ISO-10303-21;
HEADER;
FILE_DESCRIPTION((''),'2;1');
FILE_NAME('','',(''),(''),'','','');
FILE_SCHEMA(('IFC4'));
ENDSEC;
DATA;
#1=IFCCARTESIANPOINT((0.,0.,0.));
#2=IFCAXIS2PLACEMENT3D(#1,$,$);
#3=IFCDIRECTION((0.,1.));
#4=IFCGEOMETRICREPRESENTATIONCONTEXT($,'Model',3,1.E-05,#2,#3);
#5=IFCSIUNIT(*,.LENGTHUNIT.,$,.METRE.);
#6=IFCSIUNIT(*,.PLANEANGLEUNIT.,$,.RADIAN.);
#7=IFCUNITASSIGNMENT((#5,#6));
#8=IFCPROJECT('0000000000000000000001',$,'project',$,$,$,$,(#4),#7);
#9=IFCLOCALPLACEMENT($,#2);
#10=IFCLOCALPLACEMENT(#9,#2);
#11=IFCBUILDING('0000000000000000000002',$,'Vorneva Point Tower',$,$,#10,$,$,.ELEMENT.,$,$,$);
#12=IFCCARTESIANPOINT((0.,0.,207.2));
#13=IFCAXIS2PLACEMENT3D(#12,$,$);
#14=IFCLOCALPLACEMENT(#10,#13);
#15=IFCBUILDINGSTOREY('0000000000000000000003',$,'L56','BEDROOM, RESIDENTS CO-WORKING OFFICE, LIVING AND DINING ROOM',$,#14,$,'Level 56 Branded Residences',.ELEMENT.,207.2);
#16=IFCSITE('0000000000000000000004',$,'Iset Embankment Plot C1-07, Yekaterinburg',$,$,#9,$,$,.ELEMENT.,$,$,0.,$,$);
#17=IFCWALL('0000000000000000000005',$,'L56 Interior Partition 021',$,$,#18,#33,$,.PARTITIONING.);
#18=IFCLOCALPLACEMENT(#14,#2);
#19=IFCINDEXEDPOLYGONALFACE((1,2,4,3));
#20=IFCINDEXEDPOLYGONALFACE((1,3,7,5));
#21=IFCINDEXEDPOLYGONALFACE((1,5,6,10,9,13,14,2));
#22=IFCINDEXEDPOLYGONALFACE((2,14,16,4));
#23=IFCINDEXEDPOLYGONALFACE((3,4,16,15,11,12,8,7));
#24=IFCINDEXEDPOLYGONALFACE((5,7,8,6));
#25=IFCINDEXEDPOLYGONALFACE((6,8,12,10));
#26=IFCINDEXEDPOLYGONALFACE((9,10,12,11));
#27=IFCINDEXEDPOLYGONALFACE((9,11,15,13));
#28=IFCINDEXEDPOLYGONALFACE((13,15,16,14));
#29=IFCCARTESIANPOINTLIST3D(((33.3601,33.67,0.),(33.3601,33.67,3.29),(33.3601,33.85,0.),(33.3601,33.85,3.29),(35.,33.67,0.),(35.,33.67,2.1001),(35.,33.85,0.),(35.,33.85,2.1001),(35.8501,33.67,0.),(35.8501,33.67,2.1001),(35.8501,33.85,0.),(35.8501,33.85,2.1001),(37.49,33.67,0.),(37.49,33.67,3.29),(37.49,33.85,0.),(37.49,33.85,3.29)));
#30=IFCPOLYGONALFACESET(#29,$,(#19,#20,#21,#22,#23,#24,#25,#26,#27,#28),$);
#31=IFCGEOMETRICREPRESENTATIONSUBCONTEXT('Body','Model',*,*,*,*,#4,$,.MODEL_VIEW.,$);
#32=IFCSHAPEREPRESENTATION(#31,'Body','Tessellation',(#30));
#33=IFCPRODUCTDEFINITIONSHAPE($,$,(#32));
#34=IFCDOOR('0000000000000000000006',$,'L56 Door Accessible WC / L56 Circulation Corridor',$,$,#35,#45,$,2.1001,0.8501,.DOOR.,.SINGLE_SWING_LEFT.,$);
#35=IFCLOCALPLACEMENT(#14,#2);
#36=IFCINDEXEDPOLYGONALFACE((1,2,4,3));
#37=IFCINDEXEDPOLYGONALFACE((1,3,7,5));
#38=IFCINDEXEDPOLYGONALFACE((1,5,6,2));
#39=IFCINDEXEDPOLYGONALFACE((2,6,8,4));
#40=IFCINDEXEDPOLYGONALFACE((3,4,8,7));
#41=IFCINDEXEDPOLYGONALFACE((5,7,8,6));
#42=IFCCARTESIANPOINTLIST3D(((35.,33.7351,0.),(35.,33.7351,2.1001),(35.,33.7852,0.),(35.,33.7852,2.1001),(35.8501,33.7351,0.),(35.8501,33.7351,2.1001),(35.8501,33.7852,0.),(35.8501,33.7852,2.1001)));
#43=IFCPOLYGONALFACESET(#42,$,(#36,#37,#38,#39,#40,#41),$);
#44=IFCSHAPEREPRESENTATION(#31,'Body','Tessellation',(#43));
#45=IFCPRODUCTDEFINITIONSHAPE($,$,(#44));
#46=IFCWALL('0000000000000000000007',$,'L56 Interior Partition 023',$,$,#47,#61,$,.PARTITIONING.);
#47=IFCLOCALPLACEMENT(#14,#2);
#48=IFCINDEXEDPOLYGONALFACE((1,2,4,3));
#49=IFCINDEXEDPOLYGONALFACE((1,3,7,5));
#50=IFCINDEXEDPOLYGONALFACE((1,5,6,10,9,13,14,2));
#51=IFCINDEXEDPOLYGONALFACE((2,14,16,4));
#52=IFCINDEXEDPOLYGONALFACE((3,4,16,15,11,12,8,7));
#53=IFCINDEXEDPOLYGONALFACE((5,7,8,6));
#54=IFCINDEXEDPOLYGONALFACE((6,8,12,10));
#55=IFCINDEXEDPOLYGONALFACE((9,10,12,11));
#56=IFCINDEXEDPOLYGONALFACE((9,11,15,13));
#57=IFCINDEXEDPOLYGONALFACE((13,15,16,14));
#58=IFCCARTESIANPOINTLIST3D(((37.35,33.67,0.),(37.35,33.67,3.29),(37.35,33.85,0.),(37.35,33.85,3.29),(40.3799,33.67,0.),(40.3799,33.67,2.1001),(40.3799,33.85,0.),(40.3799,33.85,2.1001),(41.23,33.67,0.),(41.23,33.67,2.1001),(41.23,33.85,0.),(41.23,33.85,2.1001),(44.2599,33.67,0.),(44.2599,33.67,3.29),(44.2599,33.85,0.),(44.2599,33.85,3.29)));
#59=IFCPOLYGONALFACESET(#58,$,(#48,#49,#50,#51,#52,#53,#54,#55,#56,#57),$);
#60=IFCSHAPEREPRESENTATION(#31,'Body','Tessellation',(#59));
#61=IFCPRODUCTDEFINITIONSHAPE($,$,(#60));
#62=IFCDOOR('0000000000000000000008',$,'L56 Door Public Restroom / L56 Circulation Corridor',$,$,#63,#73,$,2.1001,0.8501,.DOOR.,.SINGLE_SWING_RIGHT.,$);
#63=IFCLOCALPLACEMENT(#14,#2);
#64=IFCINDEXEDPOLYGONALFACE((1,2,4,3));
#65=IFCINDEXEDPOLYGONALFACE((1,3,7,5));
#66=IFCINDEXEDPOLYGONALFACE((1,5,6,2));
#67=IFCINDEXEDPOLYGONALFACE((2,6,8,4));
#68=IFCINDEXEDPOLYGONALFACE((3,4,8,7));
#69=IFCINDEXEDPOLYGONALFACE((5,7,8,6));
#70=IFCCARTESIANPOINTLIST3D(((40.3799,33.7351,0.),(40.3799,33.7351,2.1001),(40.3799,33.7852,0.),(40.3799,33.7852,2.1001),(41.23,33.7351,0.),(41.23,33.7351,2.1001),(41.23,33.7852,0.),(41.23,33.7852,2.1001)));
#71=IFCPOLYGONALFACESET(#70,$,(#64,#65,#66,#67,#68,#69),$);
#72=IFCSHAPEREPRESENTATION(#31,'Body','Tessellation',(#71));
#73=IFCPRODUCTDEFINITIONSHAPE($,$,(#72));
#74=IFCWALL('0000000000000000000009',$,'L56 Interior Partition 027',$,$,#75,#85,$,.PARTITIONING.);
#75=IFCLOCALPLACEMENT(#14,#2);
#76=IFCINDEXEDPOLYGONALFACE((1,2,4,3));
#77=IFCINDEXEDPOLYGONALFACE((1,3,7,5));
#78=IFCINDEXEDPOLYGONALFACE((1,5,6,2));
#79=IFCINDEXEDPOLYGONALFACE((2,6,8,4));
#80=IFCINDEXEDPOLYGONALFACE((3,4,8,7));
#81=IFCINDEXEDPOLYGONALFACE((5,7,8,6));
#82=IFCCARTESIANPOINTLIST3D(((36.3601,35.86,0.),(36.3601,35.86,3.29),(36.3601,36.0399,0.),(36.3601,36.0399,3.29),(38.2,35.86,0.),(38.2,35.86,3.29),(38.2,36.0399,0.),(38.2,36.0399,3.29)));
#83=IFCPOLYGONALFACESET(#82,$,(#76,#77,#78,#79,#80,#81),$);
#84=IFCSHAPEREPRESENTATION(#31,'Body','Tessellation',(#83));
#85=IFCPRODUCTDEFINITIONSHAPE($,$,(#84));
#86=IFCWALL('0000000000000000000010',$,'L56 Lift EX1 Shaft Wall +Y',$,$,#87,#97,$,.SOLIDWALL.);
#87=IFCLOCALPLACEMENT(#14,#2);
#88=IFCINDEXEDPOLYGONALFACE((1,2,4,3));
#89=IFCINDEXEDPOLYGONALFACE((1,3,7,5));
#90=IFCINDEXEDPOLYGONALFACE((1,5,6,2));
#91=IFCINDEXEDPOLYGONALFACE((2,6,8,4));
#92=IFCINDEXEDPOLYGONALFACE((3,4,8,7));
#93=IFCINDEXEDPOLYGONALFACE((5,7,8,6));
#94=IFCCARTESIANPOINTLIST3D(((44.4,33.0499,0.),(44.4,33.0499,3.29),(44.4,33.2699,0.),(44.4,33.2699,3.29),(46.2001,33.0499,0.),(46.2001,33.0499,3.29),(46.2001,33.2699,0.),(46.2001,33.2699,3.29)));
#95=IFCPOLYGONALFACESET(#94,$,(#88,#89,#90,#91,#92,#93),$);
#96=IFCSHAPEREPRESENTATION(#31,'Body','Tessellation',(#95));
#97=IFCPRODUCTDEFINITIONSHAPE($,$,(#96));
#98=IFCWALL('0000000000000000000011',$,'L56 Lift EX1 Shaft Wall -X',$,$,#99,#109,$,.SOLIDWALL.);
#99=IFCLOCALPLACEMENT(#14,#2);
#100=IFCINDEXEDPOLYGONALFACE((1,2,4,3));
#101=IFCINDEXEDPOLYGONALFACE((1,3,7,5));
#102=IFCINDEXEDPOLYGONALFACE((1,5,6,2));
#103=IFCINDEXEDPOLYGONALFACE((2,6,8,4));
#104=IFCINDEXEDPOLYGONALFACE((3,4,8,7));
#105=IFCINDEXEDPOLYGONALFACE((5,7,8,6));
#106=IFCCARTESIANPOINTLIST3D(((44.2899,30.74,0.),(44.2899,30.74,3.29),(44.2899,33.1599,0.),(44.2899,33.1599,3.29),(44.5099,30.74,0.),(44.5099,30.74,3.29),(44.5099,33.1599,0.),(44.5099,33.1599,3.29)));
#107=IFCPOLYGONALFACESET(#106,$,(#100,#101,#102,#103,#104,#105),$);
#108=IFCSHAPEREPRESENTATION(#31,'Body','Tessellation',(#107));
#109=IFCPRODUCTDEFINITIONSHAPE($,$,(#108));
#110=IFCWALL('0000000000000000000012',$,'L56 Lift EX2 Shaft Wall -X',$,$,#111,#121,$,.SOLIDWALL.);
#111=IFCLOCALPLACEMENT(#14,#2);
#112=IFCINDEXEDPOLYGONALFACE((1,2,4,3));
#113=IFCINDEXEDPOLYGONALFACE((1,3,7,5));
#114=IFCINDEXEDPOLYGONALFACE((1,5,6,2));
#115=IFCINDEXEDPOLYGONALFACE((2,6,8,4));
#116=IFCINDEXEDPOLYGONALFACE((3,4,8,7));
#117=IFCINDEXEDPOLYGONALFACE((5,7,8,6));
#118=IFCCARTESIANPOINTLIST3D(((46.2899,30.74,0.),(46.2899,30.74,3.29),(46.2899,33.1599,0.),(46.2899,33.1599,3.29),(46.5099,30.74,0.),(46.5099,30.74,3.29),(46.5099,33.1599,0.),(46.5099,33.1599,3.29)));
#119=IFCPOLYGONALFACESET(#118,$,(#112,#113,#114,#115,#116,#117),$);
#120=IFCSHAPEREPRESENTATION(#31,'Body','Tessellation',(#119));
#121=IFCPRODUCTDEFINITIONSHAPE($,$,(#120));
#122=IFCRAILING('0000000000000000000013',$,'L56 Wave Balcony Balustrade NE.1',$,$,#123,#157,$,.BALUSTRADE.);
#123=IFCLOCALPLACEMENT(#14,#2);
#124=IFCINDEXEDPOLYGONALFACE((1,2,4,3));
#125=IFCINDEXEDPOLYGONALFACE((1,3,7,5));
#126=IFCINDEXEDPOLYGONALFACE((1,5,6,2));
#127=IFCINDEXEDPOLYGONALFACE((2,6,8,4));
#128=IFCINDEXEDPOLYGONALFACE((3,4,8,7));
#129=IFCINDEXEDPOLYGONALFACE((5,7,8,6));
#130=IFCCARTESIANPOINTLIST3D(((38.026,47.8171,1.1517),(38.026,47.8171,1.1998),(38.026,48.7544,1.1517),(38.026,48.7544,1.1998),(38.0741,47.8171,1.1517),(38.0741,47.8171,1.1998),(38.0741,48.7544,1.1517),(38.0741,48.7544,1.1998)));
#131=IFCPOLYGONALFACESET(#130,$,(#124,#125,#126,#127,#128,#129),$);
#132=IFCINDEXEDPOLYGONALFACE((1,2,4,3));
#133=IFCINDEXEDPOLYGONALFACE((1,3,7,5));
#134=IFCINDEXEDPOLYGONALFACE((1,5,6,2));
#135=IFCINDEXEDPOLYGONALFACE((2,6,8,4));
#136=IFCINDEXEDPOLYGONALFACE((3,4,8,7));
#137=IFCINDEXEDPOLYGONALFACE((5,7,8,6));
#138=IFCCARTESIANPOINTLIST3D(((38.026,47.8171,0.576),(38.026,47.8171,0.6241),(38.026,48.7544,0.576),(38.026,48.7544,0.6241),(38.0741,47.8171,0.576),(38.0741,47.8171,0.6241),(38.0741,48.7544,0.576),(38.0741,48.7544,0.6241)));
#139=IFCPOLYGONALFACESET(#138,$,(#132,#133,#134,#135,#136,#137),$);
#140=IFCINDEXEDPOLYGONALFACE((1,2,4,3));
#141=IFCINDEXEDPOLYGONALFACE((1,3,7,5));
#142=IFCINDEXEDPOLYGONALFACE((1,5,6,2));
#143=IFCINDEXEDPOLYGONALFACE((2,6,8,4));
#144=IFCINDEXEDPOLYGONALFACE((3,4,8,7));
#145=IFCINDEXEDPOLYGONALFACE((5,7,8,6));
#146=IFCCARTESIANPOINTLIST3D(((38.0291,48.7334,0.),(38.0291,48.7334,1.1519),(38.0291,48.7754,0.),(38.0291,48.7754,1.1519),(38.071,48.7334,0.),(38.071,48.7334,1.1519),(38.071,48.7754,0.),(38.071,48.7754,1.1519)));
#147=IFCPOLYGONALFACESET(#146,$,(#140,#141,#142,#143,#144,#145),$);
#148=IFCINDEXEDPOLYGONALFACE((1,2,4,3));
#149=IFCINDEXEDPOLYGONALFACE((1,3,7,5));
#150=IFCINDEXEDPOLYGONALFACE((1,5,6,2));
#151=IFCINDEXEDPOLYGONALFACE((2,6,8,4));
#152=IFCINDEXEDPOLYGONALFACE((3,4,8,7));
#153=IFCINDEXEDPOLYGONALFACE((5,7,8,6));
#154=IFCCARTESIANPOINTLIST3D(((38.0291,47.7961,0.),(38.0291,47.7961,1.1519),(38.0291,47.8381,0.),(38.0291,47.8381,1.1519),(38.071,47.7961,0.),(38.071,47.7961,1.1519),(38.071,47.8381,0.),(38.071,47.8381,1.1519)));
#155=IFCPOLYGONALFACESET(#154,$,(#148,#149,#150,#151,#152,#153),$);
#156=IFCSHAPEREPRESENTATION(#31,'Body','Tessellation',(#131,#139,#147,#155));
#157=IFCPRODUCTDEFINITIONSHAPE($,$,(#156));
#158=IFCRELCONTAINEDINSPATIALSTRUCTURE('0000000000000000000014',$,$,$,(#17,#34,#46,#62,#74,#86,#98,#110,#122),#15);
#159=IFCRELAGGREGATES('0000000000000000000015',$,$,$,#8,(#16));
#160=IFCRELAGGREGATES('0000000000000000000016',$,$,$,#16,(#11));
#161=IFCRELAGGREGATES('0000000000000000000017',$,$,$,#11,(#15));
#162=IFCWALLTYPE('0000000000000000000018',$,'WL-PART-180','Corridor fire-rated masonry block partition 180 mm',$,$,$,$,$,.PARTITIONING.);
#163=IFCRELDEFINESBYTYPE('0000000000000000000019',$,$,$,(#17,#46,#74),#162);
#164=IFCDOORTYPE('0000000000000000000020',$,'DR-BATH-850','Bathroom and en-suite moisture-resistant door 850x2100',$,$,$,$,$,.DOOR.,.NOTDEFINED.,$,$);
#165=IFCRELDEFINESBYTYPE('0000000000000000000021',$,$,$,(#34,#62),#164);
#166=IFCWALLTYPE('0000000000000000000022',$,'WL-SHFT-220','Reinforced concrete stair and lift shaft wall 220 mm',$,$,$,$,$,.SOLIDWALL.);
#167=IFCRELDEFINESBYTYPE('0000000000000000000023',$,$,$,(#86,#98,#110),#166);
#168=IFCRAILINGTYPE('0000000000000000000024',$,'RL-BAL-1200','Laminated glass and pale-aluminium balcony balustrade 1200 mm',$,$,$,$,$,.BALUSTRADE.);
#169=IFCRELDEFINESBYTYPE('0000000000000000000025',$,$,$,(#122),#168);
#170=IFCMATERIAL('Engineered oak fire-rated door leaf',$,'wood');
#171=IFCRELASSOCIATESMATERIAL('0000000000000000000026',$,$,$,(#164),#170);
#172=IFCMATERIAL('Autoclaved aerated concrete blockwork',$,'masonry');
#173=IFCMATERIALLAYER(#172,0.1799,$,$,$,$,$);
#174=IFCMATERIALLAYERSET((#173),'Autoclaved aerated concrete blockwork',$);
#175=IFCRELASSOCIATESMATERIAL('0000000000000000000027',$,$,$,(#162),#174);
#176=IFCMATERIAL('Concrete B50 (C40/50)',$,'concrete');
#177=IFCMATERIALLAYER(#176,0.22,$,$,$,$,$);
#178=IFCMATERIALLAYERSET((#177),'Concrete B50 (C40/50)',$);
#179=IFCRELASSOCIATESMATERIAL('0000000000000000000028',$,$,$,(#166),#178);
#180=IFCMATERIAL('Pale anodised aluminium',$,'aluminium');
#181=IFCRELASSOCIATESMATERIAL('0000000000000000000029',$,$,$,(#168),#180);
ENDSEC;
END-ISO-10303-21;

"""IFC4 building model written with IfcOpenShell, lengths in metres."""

from ifc_helpers import new_model, si_unit, direction, frame, frame_2d, origin, origin_2d, place, context, subcontext, project, spatial, rectangle, extrude, material, layer, layer_set, type_object, element, fill, save


model = new_model("IFC4")

# Units and contexts
model_context = context("Model", 3, precision=1e-05, world=origin(), true_north=direction((0.0, 1.0)))
body_context = subcontext(model_context, "Body", "Model", "MODEL_VIEW")
ifc_project = project(units=[si_unit("LENGTHUNIT", "METRE"), si_unit("PLANEANGLEUNIT", "RADIAN")], contexts=[model_context])

# Site, building, storey
site_placement = place(None, origin())
site = spatial("IfcSite", under=ifc_project, at=site_placement, Name="Iset Embankment Plot C1-07, Yekaterinburg", CompositionType="ELEMENT", RefElevation=0.0)
building_placement = place(site_placement, origin())
building = spatial("IfcBuilding", under=site, at=building_placement, Name="Vorneva Point Tower", CompositionType="ELEMENT")
storey_placement = place(building_placement, frame((0.0, 0.0, 207.2)))
storey = spatial("IfcBuildingStorey", under=building, at=storey_placement, Name="L56", Description="BEDROOM, RESIDENTS CO-WORKING OFFICE, LIVING AND DINING ROOM", LongName="Level 56 Branded Residences", CompositionType="ELEMENT", Elevation=207.2)

# Shared definitions
ifc_material_1 = material(Name="Concrete B50 (C40/50)", Category="concrete")

# Shared definitions
ifc_material_2 = material(Name="Pale anodised aluminium", Category="aluminium")

# Shared definitions
ifc_material_3 = material(Name="Engineered oak fire-rated door leaf", Category="wood")
door_type_1 = type_object("IfcDoorType", Name="DR-BATH-850", Description="Bathroom and en-suite moisture-resistant door 850x2100", OperationType="NOTDEFINED", PredefinedType="DOOR", material=ifc_material_3)

# Walls, openings, doors
ifc_material_4 = material(Name="Autoclaved aerated concrete blockwork", Category="masonry")
ifc_layer_1 = layer(ifc_material_4, 0.1799)
ifc_layer_set_1 = layer_set([ifc_layer_1], Name="Autoclaved aerated concrete blockwork")
wall_type_1 = type_object("IfcWallType", Name="WL-PART-180", Description="Corridor fire-rated masonry block partition 180 mm", PredefinedType="PARTITIONING", material=ifc_layer_set_1)
wall_1_placement = place(storey_placement, frame((37.49, 33.76, 0.0), z_axis=(0.0, 0.0, 1.0), x_axis=(-1.0, 0.0, 0.0)))
wall_1 = element("IfcWall", 1, at=wall_1_placement, inside=storey, type_object=wall_type_1, Name="L56 Interior Partition 021", PredefinedType="PARTITIONING", context=body_context, shape_type="SweptSolid", body=[
    extrude(rectangle(XDim=4.1299, YDim=0.1799, at=frame_2d((2.0649, 0.0))), origin(), (0.0, 0.0, 1.0), 3.29),
])
opening_1_placement = place(wall_1_placement, frame((1.6399, 0.0, 0.0)))
opening_1 = element("IfcOpeningElement", 2, at=opening_1_placement, cuts=wall_1, PredefinedType="OPENING", context=body_context, shape_type="SweptSolid", body=[
    extrude(rectangle(XDim=0.8501, YDim=2.1001, at=frame_2d((0.425, 1.05))), frame((0.0, 0.105, 0.0), z_axis=(0.0, -1.0, 0.0), x_axis=(1.0, 0.0, 0.0)), (0.0, 0.0, 1.0), 0.2097),
])
door_1_placement = place(opening_1_placement, origin())
door_1 = element("IfcDoor", 3, at=door_1_placement, inside=storey, type_object=door_type_1, Name="L56 Door Accessible WC / L56 Circulation Corridor", OperationType="SINGLE_SWING_LEFT", OverallHeight=2.1001, OverallWidth=0.8501, PredefinedType="DOOR", context=body_context, shape_type="SweptSolid", body=[
    extrude(rectangle(XDim=0.8501, YDim=2.1001, at=frame_2d((0.425, 1.05))), frame((0.0, 0.0249, 0.0), z_axis=(0.0, -1.0, 0.0), x_axis=(1.0, 0.0, 0.0)), (0.0, 0.0, 1.0), 0.05),
])
fill(opening_1, door_1)
wall_2_placement = place(storey_placement, frame((44.26, 33.76, 0.0), z_axis=(0.0, 0.0, 1.0), x_axis=(-1.0, 0.0, 0.0)))
wall_2 = element("IfcWall", 4, at=wall_2_placement, inside=storey, type_object=wall_type_1, Name="L56 Interior Partition 023", PredefinedType="PARTITIONING", context=body_context, shape_type="SweptSolid", body=[
    extrude(rectangle(XDim=6.9099, YDim=0.1799, at=frame_2d((3.4551, 0.0))), origin(), (0.0, 0.0, 1.0), 3.29),
])
opening_2_placement = place(wall_2_placement, frame((3.03, 0.0, 0.0)))
opening_2 = element("IfcOpeningElement", 5, at=opening_2_placement, cuts=wall_2, PredefinedType="OPENING", context=body_context, shape_type="SweptSolid", body=[
    extrude(rectangle(XDim=0.8501, YDim=2.1001, at=frame_2d((0.425, 1.05))), frame((0.0, 0.105, 0.0), z_axis=(0.0, -1.0, 0.0), x_axis=(1.0, 0.0, 0.0)), (0.0, 0.0, 1.0), 0.2097),
])
door_2_placement = place(opening_2_placement, origin())
door_2 = element("IfcDoor", 6, at=door_2_placement, inside=storey, type_object=door_type_1, Name="L56 Door Public Restroom / L56 Circulation Corridor", OperationType="SINGLE_SWING_RIGHT", OverallHeight=2.1001, OverallWidth=0.8501, PredefinedType="DOOR", context=body_context, shape_type="SweptSolid", body=[
    extrude(rectangle(XDim=0.8501, YDim=2.1001, at=frame_2d((0.425, 1.05))), frame((0.0, 0.0249, 0.0), z_axis=(0.0, -1.0, 0.0), x_axis=(1.0, 0.0, 0.0)), (0.0, 0.0, 1.0), 0.05),
])
fill(opening_2, door_2)

# Walls
wall_3_placement = place(storey_placement, frame((38.2, 35.95, 0.0), z_axis=(0.0, 0.0, 1.0), x_axis=(-1.0, 0.0, 0.0)))
element("IfcWall", 7, at=wall_3_placement, inside=storey, type_object=wall_type_1, Name="L56 Interior Partition 027", PredefinedType="PARTITIONING", context=body_context, shape_type="SweptSolid", body=[
    extrude(rectangle(XDim=1.8398, YDim=0.1799, at=frame_2d((0.9199, 0.0))), origin(), (0.0, 0.0, 1.0), 3.29),
])
ifc_layer_2 = layer(ifc_material_1, 0.22)
ifc_layer_set_2 = layer_set([ifc_layer_2], Name="Concrete B50 (C40/50)")
wall_type_2 = type_object("IfcWallType", Name="WL-SHFT-220", Description="Reinforced concrete stair and lift shaft wall 220 mm", PredefinedType="SOLIDWALL", material=ifc_layer_set_2)
wall_4_placement = place(storey_placement, frame((46.2, 33.1599, 0.0), z_axis=(0.0, 0.0, 1.0), x_axis=(-1.0, 0.0, 0.0)))
element("IfcWall", 8, at=wall_4_placement, inside=storey, type_object=wall_type_2, Name="L56 Lift EX1 Shaft Wall +Y", PredefinedType="SOLIDWALL", context=body_context, shape_type="SweptSolid", body=[
    extrude(rectangle(XDim=1.8, YDim=0.22, at=frame_2d((0.8999, 0.0))), origin(), (0.0, 0.0, 1.0), 3.29),
])
for number, where, z_axis, x_axis, name in (
    (9, (44.3999, 33.1599, 0.0), (0.0, 0.0, 1.0), (0.0, -1.0, 0.0), "L56 Lift EX1 Shaft Wall -X"),
    (10, (46.3999, 33.1599, 0.0), (0.0, 0.0, 1.0), (0.0, -1.0, 0.0), "L56 Lift EX2 Shaft Wall -X"),
):
    element("IfcWall", number, at=place(storey_placement, frame(where, z_axis=z_axis, x_axis=x_axis)), inside=storey, type_object=wall_type_2, Name=name, PredefinedType="SOLIDWALL", context=body_context, shape_type="SweptSolid", body=[
        extrude(rectangle(XDim=2.4199, YDim=0.22, at=frame_2d((1.21, 0.0))), origin(), (0.0, 0.0, 1.0), 3.29),
    ])

# Railing
railing_type = type_object("IfcRailingType", Name="RL-BAL-1200", Description="Laminated glass and pale-aluminium balcony balustrade 1200 mm", PredefinedType="BALUSTRADE", material=ifc_material_2)
railing_placement = place(storey_placement, frame((38.05, 48.7544, 0.0)))
element("IfcRailing", 11, at=railing_placement, inside=storey, type_object=railing_type, Name="L56 Wave Balcony Balustrade NE.1", PredefinedType="BALUSTRADE", context=body_context, shape_type="SweptSolid", body=[
    extrude(rectangle(XDim=0.0481, YDim=0.0481, at=origin_2d()), frame((0.0, 0.0, 1.1758), z_axis=(0.0, -1.0, 0.0), x_axis=(1.0, 0.0, 0.0)), (0.0, 0.0, 1.0), 0.9373),
    extrude(rectangle(XDim=0.0481, YDim=0.0481, at=origin_2d()), frame((0.0, 0.0, 0.6001), z_axis=(0.0, -1.0, 0.0), x_axis=(1.0, 0.0, 0.0)), (0.0, 0.0, 1.0), 0.9373),
    extrude(rectangle(XDim=0.042, YDim=0.042, at=origin_2d()), origin(), (0.0, 0.0, 1.0), 1.1519),
    extrude(rectangle(XDim=0.042, YDim=0.042, at=origin_2d()), frame((0.0, -0.9373, 0.0)), (0.0, 0.0, 1.0), 1.1519),
])

save(model, "model.ifc")
